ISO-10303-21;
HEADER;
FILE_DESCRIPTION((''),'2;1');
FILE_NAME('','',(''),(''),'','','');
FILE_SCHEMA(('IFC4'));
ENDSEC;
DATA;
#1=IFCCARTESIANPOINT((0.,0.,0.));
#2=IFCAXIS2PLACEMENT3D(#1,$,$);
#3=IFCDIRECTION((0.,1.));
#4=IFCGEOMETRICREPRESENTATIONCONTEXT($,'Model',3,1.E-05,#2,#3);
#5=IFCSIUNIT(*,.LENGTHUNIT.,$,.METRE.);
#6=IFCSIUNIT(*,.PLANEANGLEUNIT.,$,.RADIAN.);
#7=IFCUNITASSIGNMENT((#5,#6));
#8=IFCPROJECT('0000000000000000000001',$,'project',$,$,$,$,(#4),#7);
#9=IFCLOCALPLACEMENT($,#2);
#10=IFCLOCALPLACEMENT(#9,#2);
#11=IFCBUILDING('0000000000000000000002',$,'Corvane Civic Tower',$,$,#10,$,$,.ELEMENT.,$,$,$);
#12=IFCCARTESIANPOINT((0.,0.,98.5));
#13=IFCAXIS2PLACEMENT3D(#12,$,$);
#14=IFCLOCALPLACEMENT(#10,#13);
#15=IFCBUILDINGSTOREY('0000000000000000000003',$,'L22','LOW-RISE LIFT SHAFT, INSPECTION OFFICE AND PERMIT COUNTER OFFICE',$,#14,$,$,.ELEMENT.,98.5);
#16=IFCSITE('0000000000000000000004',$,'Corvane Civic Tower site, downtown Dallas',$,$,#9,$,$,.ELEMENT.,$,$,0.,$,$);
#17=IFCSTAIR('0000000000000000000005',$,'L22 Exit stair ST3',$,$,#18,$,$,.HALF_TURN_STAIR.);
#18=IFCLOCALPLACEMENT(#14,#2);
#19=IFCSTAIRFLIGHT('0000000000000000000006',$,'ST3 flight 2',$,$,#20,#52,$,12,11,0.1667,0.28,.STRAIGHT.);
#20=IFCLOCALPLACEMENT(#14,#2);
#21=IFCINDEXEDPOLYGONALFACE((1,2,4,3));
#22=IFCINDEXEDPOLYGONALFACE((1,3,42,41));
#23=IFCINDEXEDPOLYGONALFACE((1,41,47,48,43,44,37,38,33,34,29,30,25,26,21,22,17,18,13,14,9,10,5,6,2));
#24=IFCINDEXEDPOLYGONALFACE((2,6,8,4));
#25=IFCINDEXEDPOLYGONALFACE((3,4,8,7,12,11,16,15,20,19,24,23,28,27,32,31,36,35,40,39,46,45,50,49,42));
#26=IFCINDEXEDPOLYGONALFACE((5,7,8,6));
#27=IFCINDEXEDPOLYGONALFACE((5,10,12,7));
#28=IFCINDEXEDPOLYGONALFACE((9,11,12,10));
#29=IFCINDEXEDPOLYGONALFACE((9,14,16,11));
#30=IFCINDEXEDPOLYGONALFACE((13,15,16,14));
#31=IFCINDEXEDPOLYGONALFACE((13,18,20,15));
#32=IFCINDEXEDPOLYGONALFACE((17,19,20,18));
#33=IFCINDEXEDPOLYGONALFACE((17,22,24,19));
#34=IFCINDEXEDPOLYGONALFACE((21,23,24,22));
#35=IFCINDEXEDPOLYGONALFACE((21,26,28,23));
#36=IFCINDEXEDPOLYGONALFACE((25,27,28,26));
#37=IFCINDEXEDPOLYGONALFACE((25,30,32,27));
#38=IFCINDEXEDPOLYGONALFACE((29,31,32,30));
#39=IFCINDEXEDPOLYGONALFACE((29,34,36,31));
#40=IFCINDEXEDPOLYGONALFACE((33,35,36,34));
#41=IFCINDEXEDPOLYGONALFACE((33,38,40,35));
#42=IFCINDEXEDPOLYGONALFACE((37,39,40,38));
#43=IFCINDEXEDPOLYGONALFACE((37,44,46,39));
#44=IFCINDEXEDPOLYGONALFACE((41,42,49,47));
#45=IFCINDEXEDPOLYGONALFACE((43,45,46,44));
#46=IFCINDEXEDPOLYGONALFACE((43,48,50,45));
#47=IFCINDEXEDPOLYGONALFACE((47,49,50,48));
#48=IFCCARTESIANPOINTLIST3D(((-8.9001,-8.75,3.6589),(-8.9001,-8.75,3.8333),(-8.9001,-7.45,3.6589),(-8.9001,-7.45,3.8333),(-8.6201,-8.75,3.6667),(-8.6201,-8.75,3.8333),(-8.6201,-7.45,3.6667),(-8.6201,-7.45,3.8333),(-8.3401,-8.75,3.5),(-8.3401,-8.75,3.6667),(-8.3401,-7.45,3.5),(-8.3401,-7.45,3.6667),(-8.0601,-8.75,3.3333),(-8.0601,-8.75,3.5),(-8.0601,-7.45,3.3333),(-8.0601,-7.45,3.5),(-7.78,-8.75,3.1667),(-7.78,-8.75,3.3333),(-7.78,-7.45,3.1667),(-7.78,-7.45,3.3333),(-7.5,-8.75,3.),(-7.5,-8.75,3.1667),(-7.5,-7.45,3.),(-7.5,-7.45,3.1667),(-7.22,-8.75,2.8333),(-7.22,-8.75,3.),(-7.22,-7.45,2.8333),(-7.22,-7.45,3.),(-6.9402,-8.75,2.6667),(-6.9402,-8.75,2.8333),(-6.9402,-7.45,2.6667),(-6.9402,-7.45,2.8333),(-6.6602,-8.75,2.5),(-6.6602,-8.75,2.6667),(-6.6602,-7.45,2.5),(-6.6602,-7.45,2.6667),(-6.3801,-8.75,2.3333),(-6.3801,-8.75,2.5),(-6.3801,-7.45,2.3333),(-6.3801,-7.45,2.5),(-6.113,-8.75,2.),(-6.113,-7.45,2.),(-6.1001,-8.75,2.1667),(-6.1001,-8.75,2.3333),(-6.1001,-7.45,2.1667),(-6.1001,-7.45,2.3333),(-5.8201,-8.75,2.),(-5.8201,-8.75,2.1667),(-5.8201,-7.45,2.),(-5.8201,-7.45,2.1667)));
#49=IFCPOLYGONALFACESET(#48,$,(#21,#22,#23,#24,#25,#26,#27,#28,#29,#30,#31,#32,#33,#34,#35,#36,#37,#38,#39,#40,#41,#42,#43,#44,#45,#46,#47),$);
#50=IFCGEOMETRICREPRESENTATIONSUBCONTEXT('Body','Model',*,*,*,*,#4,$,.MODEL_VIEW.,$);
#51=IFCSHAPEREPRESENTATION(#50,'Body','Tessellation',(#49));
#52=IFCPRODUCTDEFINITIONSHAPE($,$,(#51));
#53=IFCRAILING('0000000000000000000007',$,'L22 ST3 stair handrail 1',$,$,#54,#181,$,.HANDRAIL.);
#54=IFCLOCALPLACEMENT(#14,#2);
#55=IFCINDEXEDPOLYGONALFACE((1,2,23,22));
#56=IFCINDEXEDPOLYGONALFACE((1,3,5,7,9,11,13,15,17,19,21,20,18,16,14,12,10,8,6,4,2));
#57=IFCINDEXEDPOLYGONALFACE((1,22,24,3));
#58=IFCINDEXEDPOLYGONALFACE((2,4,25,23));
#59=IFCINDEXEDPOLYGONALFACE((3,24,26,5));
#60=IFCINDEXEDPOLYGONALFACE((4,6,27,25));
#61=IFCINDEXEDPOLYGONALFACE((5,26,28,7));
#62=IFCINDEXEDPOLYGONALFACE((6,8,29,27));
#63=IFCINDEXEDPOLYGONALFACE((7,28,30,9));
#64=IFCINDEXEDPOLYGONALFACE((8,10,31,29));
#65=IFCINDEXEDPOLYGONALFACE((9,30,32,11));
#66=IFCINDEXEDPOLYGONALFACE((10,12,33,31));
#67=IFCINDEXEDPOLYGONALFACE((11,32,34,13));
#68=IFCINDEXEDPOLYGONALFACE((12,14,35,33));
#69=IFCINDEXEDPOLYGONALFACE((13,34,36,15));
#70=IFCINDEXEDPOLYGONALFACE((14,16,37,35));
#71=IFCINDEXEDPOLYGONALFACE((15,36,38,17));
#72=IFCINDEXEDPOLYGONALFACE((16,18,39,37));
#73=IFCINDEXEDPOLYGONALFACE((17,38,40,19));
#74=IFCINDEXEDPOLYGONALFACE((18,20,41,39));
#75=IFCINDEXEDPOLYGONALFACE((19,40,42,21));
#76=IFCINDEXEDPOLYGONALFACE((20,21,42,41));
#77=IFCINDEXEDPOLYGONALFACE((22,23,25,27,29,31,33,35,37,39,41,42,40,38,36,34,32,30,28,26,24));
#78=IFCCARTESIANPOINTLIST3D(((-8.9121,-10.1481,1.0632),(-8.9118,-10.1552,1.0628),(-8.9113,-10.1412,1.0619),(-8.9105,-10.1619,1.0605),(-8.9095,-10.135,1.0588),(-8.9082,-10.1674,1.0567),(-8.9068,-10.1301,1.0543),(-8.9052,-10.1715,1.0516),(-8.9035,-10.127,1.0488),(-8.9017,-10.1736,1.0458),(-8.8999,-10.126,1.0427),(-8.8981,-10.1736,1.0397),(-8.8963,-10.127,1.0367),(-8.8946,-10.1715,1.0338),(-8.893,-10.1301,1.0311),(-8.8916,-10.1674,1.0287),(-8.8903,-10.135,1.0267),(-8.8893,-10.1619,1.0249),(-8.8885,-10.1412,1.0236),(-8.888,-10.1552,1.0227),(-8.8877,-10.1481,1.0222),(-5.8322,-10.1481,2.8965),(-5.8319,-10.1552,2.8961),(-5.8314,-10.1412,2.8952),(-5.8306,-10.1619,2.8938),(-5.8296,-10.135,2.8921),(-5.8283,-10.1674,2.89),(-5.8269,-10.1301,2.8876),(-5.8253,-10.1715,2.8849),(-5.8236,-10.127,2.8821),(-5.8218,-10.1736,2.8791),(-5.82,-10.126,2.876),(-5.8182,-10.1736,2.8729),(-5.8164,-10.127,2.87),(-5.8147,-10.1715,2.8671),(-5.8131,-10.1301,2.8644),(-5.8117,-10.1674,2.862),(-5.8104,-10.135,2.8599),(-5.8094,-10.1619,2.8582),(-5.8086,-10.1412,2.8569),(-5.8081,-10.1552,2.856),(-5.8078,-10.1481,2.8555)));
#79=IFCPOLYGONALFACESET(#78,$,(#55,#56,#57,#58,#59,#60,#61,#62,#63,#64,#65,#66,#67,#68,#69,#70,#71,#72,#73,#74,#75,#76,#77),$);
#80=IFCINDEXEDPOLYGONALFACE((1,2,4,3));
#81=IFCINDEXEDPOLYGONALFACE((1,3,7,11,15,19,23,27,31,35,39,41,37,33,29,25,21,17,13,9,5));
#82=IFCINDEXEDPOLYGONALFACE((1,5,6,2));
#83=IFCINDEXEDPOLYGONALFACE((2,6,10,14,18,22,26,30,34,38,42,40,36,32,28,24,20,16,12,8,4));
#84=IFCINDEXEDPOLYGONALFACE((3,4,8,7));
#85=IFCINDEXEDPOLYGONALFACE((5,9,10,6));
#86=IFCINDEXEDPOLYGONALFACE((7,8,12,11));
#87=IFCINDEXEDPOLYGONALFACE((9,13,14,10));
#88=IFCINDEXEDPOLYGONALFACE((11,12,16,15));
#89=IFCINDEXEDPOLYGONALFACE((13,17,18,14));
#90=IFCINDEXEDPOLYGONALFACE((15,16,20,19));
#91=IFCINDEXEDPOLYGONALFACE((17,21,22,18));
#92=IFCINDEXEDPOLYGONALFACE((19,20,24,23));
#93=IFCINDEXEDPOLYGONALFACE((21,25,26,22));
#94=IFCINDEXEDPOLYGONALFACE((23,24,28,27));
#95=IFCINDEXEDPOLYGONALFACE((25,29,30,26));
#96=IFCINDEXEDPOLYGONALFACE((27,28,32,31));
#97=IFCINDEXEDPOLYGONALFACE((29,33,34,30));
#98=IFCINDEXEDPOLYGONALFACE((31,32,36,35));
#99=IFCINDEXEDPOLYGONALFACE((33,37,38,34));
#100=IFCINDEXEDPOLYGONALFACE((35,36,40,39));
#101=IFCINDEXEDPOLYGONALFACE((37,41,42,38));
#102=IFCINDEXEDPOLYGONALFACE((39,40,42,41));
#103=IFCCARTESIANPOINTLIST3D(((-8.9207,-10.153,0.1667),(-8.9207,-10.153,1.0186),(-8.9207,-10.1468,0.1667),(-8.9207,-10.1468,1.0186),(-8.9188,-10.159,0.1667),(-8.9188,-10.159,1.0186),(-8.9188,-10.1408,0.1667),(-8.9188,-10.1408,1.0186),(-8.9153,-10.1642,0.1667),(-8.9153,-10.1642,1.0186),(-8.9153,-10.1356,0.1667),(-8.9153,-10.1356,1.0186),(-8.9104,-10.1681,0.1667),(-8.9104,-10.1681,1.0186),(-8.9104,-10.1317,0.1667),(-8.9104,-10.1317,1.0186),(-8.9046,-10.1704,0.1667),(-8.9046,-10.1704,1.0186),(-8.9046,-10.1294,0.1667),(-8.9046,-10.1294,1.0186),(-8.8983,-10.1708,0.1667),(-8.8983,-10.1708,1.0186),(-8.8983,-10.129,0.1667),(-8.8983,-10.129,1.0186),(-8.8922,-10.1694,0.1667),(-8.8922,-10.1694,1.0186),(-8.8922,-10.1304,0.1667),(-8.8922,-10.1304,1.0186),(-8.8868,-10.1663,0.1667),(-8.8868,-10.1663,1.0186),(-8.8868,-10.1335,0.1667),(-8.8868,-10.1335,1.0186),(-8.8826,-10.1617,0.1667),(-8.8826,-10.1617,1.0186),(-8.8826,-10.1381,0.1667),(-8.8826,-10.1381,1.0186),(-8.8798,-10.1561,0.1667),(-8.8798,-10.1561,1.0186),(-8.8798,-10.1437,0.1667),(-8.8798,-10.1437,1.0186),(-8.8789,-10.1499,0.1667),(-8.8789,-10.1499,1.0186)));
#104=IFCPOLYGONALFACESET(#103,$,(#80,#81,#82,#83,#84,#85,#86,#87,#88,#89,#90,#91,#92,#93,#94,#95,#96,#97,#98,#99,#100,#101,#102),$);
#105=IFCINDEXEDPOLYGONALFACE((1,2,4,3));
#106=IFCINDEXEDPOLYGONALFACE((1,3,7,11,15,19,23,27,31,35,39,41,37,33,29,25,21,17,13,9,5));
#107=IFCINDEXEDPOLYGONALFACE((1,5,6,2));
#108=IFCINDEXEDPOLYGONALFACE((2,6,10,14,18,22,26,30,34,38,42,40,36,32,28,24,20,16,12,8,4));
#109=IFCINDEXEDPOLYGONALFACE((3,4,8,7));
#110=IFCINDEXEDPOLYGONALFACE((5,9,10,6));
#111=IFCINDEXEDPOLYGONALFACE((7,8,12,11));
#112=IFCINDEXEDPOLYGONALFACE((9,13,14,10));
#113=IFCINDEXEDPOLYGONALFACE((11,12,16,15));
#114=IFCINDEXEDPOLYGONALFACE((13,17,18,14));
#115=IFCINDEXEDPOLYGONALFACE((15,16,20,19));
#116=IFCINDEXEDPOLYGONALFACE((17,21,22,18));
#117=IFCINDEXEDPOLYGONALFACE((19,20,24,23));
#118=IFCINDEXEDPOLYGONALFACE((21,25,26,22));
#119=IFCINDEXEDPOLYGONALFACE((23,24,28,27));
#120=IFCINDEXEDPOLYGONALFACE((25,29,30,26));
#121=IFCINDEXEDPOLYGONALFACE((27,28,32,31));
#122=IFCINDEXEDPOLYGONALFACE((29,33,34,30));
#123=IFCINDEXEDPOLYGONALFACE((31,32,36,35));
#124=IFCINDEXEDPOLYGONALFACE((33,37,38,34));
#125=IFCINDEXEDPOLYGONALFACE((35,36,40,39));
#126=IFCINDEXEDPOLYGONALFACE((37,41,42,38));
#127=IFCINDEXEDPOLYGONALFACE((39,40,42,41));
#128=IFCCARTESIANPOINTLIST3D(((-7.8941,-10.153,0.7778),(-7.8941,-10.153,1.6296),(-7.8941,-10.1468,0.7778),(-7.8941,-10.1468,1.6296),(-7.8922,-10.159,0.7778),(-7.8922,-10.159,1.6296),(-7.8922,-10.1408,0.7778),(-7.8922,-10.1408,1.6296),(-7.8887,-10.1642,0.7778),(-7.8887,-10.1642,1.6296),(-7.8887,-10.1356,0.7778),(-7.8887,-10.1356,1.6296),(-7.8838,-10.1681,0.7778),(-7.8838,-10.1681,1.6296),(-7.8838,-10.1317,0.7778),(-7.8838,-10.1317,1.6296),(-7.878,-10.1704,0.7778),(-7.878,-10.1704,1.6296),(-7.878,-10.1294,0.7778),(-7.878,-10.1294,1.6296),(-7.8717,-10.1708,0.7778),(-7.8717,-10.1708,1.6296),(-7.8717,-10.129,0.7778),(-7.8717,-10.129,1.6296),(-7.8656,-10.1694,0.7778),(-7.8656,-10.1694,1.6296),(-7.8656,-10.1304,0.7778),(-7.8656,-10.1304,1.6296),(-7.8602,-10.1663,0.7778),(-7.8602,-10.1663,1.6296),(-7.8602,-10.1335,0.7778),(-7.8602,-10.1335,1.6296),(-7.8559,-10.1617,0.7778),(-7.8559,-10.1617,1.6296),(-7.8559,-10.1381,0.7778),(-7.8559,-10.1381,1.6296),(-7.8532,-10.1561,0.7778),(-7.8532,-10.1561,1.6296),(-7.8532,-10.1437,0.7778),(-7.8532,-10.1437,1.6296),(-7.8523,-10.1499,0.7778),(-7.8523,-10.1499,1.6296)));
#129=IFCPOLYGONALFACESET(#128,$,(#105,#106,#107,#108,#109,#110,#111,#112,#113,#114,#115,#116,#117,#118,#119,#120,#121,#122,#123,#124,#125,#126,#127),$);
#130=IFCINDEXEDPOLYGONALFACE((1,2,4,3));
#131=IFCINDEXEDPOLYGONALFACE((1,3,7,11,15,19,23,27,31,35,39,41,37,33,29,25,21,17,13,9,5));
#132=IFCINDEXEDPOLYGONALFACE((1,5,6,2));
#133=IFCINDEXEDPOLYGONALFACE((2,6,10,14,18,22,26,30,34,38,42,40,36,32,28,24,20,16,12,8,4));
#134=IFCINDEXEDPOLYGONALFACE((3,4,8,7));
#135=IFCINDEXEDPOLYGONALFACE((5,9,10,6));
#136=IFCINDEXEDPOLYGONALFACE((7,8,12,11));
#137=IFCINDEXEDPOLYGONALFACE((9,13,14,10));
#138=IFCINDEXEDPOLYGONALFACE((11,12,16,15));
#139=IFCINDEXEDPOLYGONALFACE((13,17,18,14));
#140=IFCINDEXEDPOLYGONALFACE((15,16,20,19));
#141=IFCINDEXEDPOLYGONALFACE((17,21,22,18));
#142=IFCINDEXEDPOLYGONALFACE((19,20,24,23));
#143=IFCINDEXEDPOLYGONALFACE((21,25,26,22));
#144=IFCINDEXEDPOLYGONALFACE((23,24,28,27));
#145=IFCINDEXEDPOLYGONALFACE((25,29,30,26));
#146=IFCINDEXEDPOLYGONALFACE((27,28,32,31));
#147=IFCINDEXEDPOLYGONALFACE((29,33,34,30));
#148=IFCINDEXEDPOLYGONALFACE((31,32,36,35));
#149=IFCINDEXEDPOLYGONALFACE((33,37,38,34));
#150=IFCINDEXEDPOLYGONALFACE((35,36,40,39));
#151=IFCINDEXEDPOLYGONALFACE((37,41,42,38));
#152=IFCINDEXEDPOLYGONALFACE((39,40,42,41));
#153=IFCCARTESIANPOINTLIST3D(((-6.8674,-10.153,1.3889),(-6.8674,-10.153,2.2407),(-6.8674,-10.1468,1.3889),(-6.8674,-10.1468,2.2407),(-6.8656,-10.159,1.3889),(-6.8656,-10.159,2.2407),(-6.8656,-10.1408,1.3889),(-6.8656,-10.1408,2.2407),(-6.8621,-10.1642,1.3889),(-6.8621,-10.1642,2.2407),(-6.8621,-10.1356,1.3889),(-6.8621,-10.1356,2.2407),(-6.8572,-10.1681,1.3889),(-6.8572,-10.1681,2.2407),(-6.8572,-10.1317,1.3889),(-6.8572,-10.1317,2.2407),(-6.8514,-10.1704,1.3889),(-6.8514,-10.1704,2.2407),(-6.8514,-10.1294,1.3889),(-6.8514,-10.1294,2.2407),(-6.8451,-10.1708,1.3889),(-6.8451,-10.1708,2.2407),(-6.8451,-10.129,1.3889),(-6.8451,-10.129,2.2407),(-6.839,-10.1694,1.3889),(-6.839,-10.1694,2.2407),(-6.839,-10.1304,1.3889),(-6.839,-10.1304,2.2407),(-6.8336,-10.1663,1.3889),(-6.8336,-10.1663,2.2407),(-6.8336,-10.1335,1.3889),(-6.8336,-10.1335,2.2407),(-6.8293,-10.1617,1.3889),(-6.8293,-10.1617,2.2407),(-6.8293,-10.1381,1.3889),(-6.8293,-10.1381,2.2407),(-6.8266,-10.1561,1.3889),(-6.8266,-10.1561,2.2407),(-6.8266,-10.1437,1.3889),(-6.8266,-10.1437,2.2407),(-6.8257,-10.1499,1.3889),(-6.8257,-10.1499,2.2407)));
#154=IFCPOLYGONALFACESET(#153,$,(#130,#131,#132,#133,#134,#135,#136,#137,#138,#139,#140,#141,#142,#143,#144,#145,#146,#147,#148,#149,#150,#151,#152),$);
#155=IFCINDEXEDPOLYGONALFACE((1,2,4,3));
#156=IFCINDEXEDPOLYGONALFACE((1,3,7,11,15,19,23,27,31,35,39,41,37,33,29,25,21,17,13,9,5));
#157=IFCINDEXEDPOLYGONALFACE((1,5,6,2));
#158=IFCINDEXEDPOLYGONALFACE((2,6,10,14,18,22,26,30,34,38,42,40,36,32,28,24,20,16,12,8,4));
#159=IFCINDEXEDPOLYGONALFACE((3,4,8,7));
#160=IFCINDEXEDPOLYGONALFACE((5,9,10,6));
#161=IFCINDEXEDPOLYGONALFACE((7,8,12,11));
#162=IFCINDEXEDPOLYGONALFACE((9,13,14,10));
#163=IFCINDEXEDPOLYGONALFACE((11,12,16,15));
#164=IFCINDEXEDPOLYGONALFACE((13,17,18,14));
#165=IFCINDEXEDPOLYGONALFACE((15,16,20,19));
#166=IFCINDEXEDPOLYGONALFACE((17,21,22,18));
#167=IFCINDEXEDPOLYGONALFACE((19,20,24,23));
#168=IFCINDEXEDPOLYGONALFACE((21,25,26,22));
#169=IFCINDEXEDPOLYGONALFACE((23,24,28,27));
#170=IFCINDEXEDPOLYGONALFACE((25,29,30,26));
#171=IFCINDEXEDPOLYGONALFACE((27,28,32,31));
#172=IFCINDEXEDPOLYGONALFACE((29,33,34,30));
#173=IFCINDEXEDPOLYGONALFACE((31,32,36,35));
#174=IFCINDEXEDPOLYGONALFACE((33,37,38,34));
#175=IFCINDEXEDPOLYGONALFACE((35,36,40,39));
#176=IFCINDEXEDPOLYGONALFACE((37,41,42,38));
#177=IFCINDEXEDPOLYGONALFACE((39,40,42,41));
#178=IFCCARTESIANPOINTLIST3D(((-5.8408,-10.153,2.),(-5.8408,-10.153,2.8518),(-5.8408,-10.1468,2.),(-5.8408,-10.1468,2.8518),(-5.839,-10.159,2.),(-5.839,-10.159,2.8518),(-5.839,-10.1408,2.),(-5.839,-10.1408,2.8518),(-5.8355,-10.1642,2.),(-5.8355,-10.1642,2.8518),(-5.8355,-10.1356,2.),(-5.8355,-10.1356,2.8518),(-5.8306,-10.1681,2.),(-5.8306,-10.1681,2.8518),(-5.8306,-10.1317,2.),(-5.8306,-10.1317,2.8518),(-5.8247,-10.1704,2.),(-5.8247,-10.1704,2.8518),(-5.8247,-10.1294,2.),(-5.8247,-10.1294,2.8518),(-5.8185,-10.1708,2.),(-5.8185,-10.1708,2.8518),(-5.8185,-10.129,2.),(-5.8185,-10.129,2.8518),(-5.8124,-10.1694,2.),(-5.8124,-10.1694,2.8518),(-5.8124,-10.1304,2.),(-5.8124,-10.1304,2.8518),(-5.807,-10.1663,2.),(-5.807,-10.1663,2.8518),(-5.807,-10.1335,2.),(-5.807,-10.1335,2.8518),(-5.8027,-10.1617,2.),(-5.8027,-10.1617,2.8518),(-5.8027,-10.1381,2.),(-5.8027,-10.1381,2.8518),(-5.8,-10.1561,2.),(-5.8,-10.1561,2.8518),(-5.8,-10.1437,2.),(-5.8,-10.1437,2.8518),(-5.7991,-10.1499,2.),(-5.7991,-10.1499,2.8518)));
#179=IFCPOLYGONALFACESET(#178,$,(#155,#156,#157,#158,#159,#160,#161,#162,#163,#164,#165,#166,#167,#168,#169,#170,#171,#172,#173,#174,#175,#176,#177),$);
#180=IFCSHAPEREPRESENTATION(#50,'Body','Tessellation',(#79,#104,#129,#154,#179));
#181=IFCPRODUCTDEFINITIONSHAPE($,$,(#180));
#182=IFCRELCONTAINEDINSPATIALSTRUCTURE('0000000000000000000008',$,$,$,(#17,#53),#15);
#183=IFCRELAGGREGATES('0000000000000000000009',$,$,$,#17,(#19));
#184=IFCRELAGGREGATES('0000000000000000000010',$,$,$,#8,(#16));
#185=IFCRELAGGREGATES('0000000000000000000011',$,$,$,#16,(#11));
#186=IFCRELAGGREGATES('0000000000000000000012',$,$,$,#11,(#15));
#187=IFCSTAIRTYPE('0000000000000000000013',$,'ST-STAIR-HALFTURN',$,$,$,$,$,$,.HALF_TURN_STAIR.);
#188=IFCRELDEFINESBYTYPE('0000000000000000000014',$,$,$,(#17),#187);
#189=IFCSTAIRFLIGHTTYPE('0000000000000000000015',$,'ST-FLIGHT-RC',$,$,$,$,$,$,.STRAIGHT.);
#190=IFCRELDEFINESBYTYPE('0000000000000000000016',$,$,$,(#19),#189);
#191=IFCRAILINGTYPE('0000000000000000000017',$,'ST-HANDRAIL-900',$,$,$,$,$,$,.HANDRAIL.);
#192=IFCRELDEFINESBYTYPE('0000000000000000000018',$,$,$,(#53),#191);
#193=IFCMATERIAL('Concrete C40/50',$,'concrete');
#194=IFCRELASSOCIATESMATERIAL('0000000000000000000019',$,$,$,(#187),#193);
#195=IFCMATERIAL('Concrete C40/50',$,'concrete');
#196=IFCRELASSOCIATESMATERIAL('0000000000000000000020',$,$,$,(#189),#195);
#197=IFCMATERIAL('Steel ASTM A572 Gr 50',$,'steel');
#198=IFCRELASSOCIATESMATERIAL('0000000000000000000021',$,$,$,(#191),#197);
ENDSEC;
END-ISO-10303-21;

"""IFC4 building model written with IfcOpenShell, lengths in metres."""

from ifc_helpers import new_model, si_unit, direction, frame, origin, origin_2d, place, context, subcontext, project, spatial, polyline, circle, outline, extrude, material, type_object, element, aggregate, save


model = new_model("IFC4")

# Units and contexts
model_context = context("Model", 3, precision=1e-05, world=origin(), true_north=direction((0.0, 1.0)))
body_context = subcontext(model_context, "Body", "Model", "MODEL_VIEW")
ifc_project = project(units=[si_unit("LENGTHUNIT", "METRE"), si_unit("PLANEANGLEUNIT", "RADIAN")], contexts=[model_context])

# Site, building, storey
site_placement = place(None, origin())
site = spatial("IfcSite", under=ifc_project, at=site_placement, Name="Corvane Civic Tower site, downtown Dallas", CompositionType="ELEMENT", RefElevation=0.0)
building_placement = place(site_placement, origin())
building = spatial("IfcBuilding", under=site, at=building_placement, Name="Corvane Civic Tower", CompositionType="ELEMENT")
storey_placement = place(building_placement, frame((0.0, 0.0, 98.5)))
storey = spatial("IfcBuildingStorey", under=building, at=storey_placement, Name="L22", Description="LOW-RISE LIFT SHAFT, INSPECTION OFFICE AND PERMIT COUNTER OFFICE", CompositionType="ELEMENT", Elevation=98.5)

# Stair, stair flight
ifc_material_1 = material(Name="Concrete C40/50", Category="concrete")
stair_type = type_object("IfcStairType", Name="ST-STAIR-HALFTURN", PredefinedType="HALF_TURN_STAIR", material=ifc_material_1)
stair_placement = place(storey_placement, origin())
stair = element("IfcStair", 1, at=stair_placement, inside=storey, type_object=stair_type, Name="L22 Exit stair ST3", PredefinedType="HALF_TURN_STAIR")
ifc_material_2 = material(Name="Concrete C40/50", Category="concrete")
stair_flight_type = type_object("IfcStairFlightType", Name="ST-FLIGHT-RC", PredefinedType="STRAIGHT", material=ifc_material_2)
stair_flight_1_placement = place(storey_placement, frame((-5.8201, -8.1001, 2.0), z_axis=(0.0, 0.0, 1.0), x_axis=(-1.0, 0.0, 0.0)))
stair_flight_1 = element("IfcStairFlight", 2, at=stair_flight_1_placement, type_object=stair_flight_type, Name="ST3 flight 2", NumberOfRisers=12, NumberOfTreads=11, PredefinedType="STRAIGHT", RiserHeight=0.1667, TreadLength=0.28, context=body_context, shape_type="SweptSolid", body=[
    extrude(outline(polyline([(0.0, 0.0), (0.0, 0.1667), (0.28, 0.1667), (0.28, 0.3333), (0.5601, 0.3333), (0.5601, 0.5), (0.8401, 0.5), (0.8401, 0.6667), (1.1201, 0.6667), (1.1201, 0.8333), (1.3999, 0.8333), (1.3999, 1.0), (1.6799, 1.0), (1.6799, 1.1667), (1.96, 1.1667), (1.96, 1.3333), (2.24, 1.3333), (2.24, 1.5), (2.52, 1.5), (2.52, 1.6667), (2.8, 1.6667), (2.8, 1.8333), (3.0801, 1.8333), (3.0801, 2.0), (3.0801, 1.6589), (0.293, 0.0), (0.0, 0.0)])), frame((0.0, 0.6499, 0.0), z_axis=(0.0, -1.0, 0.0), x_axis=(1.0, 0.0, 0.0)), (0.0, 0.0, 1.0), 1.3),
])
aggregate(stair, [stair_flight_1])

# Railing
ifc_material_3 = material(Name="Steel ASTM A572 Gr 50", Category="steel")
railing_type_1 = type_object("IfcRailingType", Name="ST-HANDRAIL-900", PredefinedType="HANDRAIL", material=ifc_material_3)
railing_1_placement = place(storey_placement, frame((-8.8999, -10.1499, 0.1667)))
element("IfcRailing", 3, at=railing_1_placement, inside=storey, type_object=railing_type_1, Name="L22 ST3 stair handrail 1", PredefinedType="HANDRAIL", context=body_context, shape_type="SweptSolid", body=[
    extrude(circle(Radius=0.0239, at=origin_2d()), frame((0.0, 0.0, 0.876), z_axis=(0.859291, 0.0, 0.511487), x_axis=(0.0, 1.0, 0.0)), (0.0, 0.0, 1.0), 3.5842),
    extrude(circle(Radius=0.021, at=origin_2d()), origin(), (0.0, 0.0, 1.0), 0.8518),
    extrude(circle(Radius=0.021, at=origin_2d()), frame((1.0266, 0.0, 0.6111)), (0.0, 0.0, 1.0), 0.8518),
    extrude(circle(Radius=0.021, at=origin_2d()), frame((2.0532, 0.0, 1.2222)), (0.0, 0.0, 1.0), 0.8518),
    extrude(circle(Radius=0.021, at=origin_2d()), frame((3.0798, 0.0, 1.8333)), (0.0, 0.0, 1.0), 0.8518),
])

save(model, "model.ifc")
